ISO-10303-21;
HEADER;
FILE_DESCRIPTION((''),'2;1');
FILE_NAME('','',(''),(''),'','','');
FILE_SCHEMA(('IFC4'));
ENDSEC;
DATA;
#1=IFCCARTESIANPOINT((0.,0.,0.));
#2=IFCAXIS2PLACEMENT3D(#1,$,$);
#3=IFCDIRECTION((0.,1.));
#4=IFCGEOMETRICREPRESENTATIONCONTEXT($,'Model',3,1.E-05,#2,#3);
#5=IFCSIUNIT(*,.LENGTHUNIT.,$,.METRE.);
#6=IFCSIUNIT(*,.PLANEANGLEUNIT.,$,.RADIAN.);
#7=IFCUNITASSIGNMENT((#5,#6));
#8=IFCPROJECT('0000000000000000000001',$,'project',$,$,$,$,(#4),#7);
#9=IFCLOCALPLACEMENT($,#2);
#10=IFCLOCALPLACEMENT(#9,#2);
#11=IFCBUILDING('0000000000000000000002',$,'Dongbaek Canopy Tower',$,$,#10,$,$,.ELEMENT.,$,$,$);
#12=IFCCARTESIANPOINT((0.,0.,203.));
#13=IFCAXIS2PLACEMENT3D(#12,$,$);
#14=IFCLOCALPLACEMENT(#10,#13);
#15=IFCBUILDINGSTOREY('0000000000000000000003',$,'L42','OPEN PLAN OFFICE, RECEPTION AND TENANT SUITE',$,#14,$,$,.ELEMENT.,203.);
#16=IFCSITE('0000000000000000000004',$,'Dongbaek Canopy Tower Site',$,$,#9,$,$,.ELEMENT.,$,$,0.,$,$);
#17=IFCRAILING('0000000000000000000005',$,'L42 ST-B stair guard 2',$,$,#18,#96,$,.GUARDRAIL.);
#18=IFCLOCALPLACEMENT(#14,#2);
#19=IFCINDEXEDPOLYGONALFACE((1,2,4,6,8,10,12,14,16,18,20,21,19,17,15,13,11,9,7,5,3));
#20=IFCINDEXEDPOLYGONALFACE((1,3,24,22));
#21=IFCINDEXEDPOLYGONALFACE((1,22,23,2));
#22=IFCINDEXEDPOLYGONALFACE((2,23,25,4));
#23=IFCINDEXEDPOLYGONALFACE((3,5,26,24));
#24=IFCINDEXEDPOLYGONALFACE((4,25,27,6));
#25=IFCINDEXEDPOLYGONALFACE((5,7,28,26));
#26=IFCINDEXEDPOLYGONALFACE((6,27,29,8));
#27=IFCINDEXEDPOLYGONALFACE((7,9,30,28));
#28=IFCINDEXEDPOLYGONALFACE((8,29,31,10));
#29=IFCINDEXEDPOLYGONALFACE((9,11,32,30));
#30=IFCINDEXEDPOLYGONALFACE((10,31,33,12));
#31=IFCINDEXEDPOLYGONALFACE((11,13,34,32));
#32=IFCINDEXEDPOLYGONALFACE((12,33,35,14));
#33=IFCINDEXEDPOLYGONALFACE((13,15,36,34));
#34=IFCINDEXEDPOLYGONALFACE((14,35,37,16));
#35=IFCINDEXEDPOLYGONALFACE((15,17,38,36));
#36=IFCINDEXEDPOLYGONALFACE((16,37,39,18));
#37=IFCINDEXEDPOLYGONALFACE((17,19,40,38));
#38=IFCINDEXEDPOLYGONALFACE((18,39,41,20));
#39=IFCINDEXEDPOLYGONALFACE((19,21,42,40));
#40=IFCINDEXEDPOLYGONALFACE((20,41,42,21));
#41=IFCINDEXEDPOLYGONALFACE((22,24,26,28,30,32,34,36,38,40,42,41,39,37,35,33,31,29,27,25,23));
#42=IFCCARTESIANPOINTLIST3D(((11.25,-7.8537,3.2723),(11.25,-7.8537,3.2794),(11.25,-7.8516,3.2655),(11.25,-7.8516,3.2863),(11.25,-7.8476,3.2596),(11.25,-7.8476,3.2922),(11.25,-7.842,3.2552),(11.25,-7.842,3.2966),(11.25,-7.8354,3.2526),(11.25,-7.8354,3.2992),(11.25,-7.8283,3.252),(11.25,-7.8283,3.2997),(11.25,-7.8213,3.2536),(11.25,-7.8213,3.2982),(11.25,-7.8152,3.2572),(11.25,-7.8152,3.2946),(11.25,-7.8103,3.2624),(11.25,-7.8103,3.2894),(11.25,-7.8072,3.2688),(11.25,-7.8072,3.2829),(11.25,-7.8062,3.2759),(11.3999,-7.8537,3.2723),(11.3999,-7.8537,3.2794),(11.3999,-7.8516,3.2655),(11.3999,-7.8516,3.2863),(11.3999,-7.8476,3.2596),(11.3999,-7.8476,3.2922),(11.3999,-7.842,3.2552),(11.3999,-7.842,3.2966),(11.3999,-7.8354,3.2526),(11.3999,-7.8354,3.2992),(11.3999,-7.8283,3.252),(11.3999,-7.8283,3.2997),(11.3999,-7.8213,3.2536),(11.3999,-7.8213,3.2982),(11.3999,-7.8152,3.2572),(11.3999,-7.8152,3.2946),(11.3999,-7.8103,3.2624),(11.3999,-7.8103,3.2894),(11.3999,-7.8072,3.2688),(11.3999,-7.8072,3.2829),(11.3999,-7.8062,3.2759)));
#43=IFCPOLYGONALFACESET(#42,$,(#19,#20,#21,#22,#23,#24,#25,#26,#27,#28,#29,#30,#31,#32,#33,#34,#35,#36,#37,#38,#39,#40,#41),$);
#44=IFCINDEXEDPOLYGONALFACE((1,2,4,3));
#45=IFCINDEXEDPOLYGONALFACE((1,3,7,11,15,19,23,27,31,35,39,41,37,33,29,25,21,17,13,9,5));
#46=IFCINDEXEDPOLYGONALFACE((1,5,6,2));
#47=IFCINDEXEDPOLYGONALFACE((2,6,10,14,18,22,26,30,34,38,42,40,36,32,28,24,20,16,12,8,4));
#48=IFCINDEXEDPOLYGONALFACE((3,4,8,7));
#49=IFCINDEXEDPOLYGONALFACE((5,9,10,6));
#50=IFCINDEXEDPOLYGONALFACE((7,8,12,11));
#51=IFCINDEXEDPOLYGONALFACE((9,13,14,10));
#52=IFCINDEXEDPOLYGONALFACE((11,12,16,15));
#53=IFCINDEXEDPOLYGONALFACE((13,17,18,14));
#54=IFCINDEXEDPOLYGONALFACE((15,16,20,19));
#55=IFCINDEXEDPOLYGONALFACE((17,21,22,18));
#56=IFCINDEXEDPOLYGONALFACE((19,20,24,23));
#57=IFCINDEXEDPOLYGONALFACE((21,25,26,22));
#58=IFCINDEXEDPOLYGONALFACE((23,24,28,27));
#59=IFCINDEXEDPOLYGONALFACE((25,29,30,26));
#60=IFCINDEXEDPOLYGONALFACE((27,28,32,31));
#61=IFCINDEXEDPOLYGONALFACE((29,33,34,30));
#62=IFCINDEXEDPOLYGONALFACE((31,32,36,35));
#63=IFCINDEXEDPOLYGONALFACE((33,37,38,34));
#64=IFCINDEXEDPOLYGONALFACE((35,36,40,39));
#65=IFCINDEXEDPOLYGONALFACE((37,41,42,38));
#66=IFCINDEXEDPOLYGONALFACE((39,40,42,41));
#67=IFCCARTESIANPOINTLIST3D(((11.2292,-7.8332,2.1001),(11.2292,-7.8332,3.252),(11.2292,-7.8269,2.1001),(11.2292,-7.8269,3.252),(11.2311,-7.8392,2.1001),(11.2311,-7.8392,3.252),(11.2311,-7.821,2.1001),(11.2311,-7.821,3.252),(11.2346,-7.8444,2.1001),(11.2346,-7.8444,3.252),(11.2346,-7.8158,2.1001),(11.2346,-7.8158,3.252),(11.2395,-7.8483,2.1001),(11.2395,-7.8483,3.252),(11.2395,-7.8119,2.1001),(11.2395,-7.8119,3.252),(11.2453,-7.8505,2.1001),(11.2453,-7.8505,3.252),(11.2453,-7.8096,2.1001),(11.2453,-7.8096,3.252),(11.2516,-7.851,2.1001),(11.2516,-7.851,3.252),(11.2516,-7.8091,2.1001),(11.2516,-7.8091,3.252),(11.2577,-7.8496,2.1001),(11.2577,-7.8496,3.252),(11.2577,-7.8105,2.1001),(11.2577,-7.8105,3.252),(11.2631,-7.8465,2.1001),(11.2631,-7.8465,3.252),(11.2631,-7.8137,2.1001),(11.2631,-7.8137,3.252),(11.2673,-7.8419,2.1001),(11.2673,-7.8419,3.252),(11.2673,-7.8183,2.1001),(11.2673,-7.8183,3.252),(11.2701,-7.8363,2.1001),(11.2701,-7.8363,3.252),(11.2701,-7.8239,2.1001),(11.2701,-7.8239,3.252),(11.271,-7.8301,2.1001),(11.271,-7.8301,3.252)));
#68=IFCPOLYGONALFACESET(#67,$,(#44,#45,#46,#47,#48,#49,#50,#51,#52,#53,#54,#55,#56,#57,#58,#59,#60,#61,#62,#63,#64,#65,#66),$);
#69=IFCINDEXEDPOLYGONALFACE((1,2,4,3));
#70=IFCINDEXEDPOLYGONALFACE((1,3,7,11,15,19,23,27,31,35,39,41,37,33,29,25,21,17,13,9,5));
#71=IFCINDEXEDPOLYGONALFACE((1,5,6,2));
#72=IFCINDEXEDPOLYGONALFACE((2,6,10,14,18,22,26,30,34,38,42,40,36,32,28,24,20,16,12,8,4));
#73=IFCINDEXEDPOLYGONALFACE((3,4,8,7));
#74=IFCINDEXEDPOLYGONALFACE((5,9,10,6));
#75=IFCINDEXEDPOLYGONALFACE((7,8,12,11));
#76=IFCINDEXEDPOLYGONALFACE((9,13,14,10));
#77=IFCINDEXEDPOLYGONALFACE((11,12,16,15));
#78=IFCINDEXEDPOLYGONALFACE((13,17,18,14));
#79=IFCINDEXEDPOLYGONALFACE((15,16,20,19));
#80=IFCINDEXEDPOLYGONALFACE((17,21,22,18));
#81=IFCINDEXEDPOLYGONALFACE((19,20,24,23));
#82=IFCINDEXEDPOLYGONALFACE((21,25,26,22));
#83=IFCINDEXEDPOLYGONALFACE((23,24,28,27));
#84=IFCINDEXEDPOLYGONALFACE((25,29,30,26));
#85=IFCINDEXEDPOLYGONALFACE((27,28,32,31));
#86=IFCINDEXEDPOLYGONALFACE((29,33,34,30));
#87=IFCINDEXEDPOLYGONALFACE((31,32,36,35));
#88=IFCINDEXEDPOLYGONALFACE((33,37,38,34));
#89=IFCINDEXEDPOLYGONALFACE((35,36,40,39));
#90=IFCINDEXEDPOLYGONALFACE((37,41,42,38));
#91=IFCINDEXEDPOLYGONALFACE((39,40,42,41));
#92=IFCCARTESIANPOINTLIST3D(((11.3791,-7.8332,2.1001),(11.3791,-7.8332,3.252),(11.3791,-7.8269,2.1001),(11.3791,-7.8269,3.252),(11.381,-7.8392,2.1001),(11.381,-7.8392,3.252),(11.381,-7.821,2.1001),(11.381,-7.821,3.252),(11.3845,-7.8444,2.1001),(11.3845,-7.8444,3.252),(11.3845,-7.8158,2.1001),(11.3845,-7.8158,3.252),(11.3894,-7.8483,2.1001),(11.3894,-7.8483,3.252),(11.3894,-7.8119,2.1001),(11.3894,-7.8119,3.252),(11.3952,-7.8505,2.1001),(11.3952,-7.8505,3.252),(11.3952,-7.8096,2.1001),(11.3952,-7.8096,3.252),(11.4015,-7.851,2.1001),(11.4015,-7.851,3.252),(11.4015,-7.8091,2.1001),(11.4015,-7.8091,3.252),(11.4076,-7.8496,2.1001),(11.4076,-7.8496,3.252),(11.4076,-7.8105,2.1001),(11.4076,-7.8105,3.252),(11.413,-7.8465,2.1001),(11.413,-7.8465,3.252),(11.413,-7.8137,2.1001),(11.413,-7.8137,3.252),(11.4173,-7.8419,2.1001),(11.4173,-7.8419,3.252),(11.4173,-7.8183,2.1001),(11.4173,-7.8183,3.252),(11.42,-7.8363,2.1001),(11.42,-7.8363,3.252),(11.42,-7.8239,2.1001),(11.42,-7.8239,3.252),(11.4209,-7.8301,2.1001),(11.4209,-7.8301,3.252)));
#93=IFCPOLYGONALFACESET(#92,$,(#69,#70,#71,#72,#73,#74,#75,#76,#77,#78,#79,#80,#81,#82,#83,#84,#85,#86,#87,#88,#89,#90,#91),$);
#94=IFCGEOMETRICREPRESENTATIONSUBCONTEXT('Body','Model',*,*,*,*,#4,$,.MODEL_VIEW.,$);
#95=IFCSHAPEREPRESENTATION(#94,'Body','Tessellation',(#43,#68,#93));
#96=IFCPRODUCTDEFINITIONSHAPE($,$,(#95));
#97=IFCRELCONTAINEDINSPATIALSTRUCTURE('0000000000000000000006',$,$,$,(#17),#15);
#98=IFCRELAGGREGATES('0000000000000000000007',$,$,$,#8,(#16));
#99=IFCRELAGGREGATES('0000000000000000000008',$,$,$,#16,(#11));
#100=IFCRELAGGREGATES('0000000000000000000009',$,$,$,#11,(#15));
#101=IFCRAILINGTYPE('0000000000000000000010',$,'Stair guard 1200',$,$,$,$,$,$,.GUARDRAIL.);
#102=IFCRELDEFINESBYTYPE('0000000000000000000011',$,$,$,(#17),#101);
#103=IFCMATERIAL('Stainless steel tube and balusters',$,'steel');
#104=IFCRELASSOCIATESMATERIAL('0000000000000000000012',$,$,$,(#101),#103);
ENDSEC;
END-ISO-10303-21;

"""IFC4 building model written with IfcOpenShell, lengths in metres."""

from ifc_helpers import new_model, si_unit, direction, frame, origin, origin_2d, place, context, subcontext, project, spatial, circle, extrude, material, type_object, element, save


model = new_model("IFC4")

# Units and contexts
model_context = context("Model", 3, precision=1e-05, world=origin(), true_north=direction((0.0, 1.0)))
body_context = subcontext(model_context, "Body", "Model", "MODEL_VIEW")
ifc_project = project(units=[si_unit("LENGTHUNIT", "METRE"), si_unit("PLANEANGLEUNIT", "RADIAN")], contexts=[model_context])

# Site, building, storey
site_placement = place(None, origin())
site = spatial("IfcSite", under=ifc_project, at=site_placement, Name="Dongbaek Canopy Tower Site", CompositionType="ELEMENT", RefElevation=0.0)
building_placement = place(site_placement, origin())
building = spatial("IfcBuilding", under=site, at=building_placement, Name="Dongbaek Canopy Tower", CompositionType="ELEMENT")
storey_placement = place(building_placement, frame((0.0, 0.0, 203.0)))
storey = spatial("IfcBuildingStorey", under=building, at=storey_placement, Name="L42", Description="OPEN PLAN OFFICE, RECEPTION AND TENANT SUITE", CompositionType="ELEMENT", Elevation=203.0)

# Railing
ifc_material_1 = material(Name="Stainless steel tube and balusters", Category="steel")
railing_type_1 = type_object("IfcRailingType", Name="Stair guard 1200", PredefinedType="GUARDRAIL", material=ifc_material_1)
railing_1_placement = place(storey_placement, frame((11.25, -7.8301, 2.1001)))
element("IfcRailing", 1, at=railing_1_placement, inside=storey, type_object=railing_type_1, Name="L42 ST-B stair guard 2", PredefinedType="GUARDRAIL", context=body_context, shape_type="SweptSolid", body=[
    extrude(circle(Radius=0.0239, at=origin_2d()), frame((0.0, 0.0, 1.1758), z_axis=(1.0, 0.0, 0.0), x_axis=(0.0, 1.0, 0.0)), (0.0, 0.0, 1.0), 0.1499),
    extrude(circle(Radius=0.021, at=origin_2d()), origin(), (0.0, 0.0, 1.0), 1.1519),
    extrude(circle(Radius=0.021, at=origin_2d()), frame((0.1499, 0.0, 0.0)), (0.0, 0.0, 1.0), 1.1519),
])

save(model, "model.ifc")
